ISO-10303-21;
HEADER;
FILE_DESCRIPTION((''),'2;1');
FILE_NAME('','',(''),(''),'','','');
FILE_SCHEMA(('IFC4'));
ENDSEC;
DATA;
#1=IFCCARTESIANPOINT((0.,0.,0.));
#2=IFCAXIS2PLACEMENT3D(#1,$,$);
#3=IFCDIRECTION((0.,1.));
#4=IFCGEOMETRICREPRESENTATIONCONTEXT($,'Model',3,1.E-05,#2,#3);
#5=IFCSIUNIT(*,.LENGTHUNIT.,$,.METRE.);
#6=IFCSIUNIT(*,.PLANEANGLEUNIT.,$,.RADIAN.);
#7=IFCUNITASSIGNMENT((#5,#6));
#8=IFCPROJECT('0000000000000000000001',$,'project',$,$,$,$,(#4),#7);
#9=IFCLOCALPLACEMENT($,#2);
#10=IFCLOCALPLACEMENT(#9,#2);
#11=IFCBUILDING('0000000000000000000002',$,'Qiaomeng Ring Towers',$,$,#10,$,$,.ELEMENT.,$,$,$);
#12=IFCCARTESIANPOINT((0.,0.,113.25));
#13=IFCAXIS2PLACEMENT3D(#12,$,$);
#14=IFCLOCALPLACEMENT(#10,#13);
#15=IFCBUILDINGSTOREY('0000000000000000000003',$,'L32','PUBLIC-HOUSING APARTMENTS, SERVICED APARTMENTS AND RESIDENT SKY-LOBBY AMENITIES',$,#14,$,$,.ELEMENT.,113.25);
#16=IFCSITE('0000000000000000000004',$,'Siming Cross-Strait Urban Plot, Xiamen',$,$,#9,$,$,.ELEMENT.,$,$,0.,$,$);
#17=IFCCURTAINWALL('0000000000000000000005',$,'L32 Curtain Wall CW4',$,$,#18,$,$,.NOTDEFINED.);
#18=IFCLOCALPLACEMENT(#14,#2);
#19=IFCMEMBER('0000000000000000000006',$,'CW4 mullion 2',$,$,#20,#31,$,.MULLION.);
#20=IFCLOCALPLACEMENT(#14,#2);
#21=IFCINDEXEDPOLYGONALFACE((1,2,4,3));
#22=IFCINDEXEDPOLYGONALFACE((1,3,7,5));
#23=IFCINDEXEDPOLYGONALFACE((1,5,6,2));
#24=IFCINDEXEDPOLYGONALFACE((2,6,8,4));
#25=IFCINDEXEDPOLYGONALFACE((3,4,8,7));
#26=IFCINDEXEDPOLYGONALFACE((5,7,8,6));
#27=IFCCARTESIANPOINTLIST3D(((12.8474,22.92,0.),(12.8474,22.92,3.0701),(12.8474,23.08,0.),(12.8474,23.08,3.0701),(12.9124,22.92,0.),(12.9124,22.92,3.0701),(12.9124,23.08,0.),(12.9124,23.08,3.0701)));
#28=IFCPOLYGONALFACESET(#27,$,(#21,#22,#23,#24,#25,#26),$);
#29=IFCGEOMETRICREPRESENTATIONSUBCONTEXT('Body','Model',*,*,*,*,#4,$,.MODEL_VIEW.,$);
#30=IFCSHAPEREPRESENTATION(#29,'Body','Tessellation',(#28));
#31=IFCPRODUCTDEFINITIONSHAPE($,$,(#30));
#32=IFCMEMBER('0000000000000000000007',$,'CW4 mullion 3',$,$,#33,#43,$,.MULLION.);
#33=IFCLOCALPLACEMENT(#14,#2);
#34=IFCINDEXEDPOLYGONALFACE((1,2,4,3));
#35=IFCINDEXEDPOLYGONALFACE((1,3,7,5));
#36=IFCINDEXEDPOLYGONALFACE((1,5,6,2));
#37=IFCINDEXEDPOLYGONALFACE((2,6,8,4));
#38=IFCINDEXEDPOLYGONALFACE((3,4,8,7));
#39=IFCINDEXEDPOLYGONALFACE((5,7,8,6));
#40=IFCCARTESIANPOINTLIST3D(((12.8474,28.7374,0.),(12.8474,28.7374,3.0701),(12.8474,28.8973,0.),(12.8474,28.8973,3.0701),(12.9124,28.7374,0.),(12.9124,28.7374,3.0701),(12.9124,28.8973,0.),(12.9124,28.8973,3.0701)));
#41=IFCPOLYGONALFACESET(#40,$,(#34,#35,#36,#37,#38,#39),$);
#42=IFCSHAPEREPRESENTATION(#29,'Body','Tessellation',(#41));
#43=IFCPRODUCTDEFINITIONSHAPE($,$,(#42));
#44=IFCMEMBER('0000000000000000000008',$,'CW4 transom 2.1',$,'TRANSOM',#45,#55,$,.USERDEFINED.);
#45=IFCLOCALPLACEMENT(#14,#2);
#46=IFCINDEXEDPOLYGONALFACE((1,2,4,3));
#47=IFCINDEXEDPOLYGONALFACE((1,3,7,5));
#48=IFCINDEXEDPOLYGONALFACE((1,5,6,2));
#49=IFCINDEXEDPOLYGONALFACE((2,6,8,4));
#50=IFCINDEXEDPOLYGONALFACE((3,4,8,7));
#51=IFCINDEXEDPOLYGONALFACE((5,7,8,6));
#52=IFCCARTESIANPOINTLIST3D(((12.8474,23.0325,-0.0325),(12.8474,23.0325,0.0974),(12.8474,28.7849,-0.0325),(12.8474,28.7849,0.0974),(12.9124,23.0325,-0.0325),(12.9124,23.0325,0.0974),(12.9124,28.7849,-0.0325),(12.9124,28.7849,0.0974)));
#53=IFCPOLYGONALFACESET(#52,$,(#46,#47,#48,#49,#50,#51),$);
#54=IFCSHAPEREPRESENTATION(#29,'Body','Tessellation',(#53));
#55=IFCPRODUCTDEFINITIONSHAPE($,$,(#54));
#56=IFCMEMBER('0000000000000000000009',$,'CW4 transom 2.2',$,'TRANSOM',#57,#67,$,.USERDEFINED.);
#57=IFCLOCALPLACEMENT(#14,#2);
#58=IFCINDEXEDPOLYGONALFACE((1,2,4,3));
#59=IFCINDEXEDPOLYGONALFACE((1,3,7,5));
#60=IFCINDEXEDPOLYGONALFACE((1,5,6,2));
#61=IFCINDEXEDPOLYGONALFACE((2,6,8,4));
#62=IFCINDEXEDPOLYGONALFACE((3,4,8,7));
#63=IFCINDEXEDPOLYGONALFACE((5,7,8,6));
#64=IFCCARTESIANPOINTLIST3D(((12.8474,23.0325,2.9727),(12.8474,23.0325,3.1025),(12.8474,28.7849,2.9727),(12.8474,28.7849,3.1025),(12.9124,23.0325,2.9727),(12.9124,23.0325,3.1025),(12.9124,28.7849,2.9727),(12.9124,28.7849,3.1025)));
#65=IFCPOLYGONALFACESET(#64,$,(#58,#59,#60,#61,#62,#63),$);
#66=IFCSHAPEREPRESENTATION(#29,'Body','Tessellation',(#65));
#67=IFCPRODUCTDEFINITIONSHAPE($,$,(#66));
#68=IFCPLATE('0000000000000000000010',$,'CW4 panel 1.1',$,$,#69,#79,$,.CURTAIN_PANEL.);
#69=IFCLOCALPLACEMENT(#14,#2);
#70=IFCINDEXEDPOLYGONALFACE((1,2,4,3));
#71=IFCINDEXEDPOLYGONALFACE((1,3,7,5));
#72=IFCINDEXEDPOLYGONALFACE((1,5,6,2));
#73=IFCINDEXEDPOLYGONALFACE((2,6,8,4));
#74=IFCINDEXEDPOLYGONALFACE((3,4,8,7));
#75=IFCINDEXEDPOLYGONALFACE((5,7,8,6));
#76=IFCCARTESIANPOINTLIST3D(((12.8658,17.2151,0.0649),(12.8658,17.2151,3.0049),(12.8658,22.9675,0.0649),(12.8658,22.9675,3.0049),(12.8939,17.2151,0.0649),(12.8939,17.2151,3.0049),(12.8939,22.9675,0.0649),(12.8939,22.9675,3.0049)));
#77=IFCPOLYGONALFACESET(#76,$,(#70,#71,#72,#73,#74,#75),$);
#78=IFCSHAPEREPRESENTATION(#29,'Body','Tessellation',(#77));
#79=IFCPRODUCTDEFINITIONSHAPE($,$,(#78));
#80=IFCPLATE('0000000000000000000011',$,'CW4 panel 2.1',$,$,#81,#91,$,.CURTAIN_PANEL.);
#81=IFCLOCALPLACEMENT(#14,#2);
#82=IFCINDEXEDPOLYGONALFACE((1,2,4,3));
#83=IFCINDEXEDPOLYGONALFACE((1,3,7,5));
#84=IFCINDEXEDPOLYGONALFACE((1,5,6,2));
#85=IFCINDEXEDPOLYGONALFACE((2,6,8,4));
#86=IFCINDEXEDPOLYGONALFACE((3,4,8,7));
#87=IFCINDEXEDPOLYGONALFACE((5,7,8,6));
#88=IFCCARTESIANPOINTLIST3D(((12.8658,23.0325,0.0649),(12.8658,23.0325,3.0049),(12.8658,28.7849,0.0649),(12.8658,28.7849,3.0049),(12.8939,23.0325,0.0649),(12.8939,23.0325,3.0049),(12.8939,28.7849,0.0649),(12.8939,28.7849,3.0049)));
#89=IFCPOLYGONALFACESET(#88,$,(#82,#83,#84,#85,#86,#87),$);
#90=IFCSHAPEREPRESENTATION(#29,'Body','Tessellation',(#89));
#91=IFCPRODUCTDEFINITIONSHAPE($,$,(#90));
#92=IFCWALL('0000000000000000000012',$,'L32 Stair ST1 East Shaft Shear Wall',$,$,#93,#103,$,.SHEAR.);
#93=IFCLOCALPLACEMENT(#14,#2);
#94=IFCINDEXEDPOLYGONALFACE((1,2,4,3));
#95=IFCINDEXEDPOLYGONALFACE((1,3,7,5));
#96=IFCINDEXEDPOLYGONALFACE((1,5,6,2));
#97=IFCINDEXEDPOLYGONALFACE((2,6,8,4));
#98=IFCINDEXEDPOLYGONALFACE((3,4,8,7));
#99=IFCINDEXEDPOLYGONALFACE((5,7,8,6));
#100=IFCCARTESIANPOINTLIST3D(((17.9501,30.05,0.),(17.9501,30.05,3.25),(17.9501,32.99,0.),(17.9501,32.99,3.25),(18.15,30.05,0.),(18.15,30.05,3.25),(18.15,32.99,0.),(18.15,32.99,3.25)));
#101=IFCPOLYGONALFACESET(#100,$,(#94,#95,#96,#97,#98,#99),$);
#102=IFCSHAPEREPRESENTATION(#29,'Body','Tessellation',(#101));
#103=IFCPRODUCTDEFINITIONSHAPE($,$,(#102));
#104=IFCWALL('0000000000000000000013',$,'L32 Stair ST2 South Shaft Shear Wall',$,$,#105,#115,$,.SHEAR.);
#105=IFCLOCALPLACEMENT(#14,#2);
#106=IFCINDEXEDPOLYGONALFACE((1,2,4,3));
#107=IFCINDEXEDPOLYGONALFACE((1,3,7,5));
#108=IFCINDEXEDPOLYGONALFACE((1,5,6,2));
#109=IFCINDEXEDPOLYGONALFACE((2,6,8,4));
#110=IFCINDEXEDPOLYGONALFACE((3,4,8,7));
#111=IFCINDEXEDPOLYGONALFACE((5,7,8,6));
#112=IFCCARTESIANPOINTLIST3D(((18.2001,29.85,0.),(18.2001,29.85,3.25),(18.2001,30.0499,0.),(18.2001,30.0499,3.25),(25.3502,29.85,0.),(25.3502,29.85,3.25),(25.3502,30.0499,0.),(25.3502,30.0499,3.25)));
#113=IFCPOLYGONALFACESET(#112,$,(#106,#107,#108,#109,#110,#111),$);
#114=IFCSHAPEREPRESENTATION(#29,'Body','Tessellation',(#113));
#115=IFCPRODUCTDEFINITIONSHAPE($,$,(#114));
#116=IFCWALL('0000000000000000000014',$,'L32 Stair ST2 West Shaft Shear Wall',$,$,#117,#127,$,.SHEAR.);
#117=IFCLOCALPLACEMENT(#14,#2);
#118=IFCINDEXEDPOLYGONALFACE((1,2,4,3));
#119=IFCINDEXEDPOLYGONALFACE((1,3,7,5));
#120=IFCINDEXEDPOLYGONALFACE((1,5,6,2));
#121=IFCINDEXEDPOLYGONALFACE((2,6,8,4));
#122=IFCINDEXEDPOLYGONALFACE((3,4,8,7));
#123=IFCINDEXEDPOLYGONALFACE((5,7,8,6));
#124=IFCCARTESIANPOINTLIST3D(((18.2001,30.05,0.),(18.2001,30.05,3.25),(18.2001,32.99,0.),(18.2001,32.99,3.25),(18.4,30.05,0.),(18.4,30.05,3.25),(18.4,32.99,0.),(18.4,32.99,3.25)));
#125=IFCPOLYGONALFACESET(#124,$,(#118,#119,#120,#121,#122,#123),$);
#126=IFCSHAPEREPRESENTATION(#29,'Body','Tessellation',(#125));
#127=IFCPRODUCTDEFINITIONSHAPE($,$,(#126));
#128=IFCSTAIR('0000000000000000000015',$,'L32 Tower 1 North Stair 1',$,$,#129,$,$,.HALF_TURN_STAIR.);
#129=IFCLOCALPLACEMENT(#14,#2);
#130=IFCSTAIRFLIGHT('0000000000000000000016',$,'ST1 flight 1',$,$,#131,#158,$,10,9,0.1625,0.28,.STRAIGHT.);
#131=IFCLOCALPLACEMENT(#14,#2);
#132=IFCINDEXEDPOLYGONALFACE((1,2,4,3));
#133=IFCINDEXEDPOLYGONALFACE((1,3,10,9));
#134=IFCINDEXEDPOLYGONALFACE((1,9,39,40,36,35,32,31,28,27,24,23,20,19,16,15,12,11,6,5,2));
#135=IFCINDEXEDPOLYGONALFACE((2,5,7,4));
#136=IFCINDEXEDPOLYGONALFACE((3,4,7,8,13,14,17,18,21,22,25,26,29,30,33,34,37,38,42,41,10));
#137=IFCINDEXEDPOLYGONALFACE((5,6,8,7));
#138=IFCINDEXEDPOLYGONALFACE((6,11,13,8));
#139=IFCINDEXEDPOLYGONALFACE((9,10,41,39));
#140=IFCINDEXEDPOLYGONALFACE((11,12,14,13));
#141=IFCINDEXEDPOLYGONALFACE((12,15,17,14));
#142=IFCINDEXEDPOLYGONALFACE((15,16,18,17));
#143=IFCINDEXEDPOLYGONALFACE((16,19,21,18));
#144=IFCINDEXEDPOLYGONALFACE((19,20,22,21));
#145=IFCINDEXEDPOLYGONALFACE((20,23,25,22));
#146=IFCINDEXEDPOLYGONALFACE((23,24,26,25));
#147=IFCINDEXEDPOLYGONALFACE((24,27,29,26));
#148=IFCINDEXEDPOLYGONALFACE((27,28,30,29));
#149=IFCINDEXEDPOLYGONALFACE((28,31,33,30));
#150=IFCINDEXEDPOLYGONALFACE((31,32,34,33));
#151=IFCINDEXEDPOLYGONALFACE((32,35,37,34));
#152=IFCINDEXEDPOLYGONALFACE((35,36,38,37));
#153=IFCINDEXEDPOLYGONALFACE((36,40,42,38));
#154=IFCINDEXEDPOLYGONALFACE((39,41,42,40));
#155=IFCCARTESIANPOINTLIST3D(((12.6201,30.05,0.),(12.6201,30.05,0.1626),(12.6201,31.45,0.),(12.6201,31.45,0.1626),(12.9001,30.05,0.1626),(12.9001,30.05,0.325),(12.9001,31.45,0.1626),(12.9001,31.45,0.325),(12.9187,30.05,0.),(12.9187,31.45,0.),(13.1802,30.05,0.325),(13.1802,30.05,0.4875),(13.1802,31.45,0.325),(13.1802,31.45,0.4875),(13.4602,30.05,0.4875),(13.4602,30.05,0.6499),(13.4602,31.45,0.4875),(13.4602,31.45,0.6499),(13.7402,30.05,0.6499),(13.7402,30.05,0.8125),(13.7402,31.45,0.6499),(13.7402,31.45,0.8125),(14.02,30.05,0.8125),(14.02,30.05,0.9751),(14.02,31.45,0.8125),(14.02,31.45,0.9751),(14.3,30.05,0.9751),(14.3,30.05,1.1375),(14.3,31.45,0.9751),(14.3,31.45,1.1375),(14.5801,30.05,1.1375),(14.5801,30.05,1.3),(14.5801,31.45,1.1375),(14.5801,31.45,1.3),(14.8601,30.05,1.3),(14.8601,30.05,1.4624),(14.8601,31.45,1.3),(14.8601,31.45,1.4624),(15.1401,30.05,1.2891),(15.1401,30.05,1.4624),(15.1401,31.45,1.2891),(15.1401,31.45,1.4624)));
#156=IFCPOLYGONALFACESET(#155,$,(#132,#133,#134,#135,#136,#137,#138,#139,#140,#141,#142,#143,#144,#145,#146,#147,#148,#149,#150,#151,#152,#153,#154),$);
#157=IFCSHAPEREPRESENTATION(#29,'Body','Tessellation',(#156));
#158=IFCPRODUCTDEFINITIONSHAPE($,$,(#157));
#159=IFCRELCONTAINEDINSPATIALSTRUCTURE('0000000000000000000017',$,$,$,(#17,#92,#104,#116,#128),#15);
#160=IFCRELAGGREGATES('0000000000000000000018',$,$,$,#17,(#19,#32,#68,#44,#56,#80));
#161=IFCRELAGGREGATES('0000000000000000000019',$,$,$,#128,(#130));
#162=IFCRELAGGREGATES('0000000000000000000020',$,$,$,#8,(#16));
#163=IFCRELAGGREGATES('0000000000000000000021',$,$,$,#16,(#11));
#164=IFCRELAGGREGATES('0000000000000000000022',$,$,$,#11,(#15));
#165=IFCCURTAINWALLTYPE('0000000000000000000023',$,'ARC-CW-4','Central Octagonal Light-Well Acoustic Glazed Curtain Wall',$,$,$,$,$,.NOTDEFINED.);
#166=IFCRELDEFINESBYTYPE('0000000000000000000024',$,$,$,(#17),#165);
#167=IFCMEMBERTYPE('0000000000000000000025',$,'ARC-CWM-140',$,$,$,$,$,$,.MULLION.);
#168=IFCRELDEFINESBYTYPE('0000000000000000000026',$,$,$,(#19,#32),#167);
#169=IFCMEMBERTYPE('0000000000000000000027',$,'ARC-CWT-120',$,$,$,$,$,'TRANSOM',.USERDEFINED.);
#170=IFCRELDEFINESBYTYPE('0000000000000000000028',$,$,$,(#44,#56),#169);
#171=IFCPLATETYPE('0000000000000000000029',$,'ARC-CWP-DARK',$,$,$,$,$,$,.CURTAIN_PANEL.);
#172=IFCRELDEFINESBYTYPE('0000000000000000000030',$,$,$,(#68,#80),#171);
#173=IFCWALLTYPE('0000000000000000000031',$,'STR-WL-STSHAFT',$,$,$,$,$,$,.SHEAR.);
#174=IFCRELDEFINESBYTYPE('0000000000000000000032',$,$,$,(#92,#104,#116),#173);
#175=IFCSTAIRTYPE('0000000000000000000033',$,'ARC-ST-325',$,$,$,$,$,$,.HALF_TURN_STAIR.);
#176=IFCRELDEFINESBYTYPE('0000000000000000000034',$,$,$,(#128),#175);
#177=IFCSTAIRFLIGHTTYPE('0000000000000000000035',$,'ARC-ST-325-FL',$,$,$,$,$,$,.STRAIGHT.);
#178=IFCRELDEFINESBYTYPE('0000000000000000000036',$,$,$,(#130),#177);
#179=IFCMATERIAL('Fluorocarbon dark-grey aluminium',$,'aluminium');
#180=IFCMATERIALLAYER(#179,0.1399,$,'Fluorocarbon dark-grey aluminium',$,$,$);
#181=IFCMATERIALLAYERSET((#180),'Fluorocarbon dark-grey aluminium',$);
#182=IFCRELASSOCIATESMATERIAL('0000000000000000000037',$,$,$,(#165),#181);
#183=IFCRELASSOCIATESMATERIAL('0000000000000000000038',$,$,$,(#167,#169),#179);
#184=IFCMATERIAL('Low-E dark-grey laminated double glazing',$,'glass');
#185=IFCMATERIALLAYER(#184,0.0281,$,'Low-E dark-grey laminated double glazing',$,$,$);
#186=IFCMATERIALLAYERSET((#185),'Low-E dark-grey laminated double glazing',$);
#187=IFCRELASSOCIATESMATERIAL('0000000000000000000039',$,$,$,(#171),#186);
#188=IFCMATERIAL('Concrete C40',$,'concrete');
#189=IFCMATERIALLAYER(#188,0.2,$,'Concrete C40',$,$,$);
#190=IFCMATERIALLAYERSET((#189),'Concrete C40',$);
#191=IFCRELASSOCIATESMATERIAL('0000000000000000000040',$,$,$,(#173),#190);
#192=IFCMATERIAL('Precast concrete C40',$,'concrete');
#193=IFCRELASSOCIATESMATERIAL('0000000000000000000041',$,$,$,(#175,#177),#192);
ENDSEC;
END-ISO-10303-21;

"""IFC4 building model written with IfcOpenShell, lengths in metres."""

from ifc_helpers import new_model, si_unit, direction, frame, frame_2d, origin, origin_2d, place, context, subcontext, project, spatial, polyline, rectangle, outline, extrude, source, transform, mapped, material, layer, layer_set, material_profile, profile_set, type_object, element, aggregate, save


model = new_model("IFC4")

# Units and contexts
model_context = context("Model", 3, precision=1e-05, world=origin(), true_north=direction((0.0, 1.0)))
body_context = subcontext(model_context, "Body", "Model", "MODEL_VIEW")
ifc_project = project(units=[si_unit("LENGTHUNIT", "METRE"), si_unit("PLANEANGLEUNIT", "RADIAN")], contexts=[model_context])

# Site, building, storey
site_placement = place(None, origin())
site = spatial("IfcSite", under=ifc_project, at=site_placement, Name="Siming Cross-Strait Urban Plot, Xiamen", CompositionType="ELEMENT", RefElevation=0.0)
building_placement = place(site_placement, origin())
building = spatial("IfcBuilding", under=site, at=building_placement, Name="Qiaomeng Ring Towers", CompositionType="ELEMENT")
storey_placement = place(building_placement, frame((0.0, 0.0, 113.25)))
storey = spatial("IfcBuildingStorey", under=building, at=storey_placement, Name="L32", Description="PUBLIC-HOUSING APARTMENTS, SERVICED APARTMENTS AND RESIDENT SKY-LOBBY AMENITIES", CompositionType="ELEMENT", Elevation=113.25)

# Curtain wall, members, plates
ifc_material_1 = material(Name="Fluorocarbon dark-grey aluminium", Category="aluminium")
ifc_layer_1 = layer(ifc_material_1, 0.1399, Name="Fluorocarbon dark-grey aluminium")
ifc_layer_set_1 = layer_set([ifc_layer_1], Name="Fluorocarbon dark-grey aluminium")
curtain_wall_type = type_object("IfcCurtainWallType", Name="ARC-CW-4", Description="Central Octagonal Light-Well Acoustic Glazed Curtain Wall", PredefinedType="NOTDEFINED", material=ifc_layer_set_1)
curtain_wall_placement = place(storey_placement, origin())
curtain_wall = element("IfcCurtainWall", 1, at=curtain_wall_placement, inside=storey, type_object=curtain_wall_type, Name="L32 Curtain Wall CW4", PredefinedType="NOTDEFINED")
ifc_material_profile_1 = material_profile(ifc_material_1, rectangle(XDim=0.0649, YDim=0.1599, at=origin_2d()), Name="ALU MULL 65x160")
ifc_profile_set_1 = profile_set([ifc_material_profile_1], Name="Fluorocarbon dark-grey aluminium")
member_type_1 = type_object("IfcMemberType", Name="ARC-CWM-140", PredefinedType="MULLION", material=ifc_profile_set_1)
shared_shape_1 = source(origin(), body_context, "Body", "SweptSolid", [
    extrude(rectangle(XDim=0.0649, YDim=0.1599, at=origin_2d()), origin(), (0.0, 0.0, 1.0), 3.0701),
])
member_1_placement = place(storey_placement, frame((12.8799, 23.0, 0.0), z_axis=(0.0, 0.0, 1.0), x_axis=(-1.0, 0.0, 0.0)))
member_1 = element("IfcMember", 2, at=member_1_placement, type_object=member_type_1, Name="CW4 mullion 2", PredefinedType="MULLION", context=body_context, shape_type="MappedRepresentation", body=[
    mapped(shared_shape_1, transform((0.0, 0.0, 0.0), x_axis=(1.0, 0.0, 0.0), y_axis=(0.0, 1.0, 0.0), z_axis=(0.0, 0.0, 1.0), scale=1.0)),
])
member_2_placement = place(storey_placement, frame((12.8799, 28.8174, 0.0), z_axis=(0.0, 0.0, 1.0), x_axis=(-1.0, 0.0, 0.0)))
member_2 = element("IfcMember", 3, at=member_2_placement, type_object=member_type_1, Name="CW4 mullion 3", PredefinedType="MULLION", context=body_context, shape_type="MappedRepresentation", body=[
    mapped(shared_shape_1, transform((0.0, 0.0, 0.0), x_axis=(1.0, 0.0, 0.0), y_axis=(0.0, 1.0, 0.0), z_axis=(0.0, 0.0, 1.0), scale=1.0)),
])
ifc_material_profile_2 = material_profile(ifc_material_1, rectangle(XDim=0.0649, YDim=0.1299, at=origin_2d()), Name="ALU TRAN 65x130")
ifc_profile_set_2 = profile_set([ifc_material_profile_2], Name="Fluorocarbon dark-grey aluminium")
member_type_2 = type_object("IfcMemberType", Name="ARC-CWT-120", ElementType="TRANSOM", PredefinedType="USERDEFINED", material=ifc_profile_set_2)
shared_shape_2 = source(origin(), body_context, "Body", "SweptSolid", [
    extrude(rectangle(XDim=0.0649, YDim=0.1299, at=origin_2d()), origin(), (0.0, 0.0, 1.0), 5.7524),
])
member_3_placement = place(storey_placement, frame((12.8799, 23.0325, 0.0325), z_axis=(0.0, 1.0, 0.0), x_axis=(-1.0, 0.0, 0.0)))
member_3 = element("IfcMember", 4, at=member_3_placement, type_object=member_type_2, Name="CW4 transom 2.1", ObjectType="TRANSOM", PredefinedType="USERDEFINED", context=body_context, shape_type="MappedRepresentation", body=[
    mapped(shared_shape_2, transform((0.0, 0.0, 0.0), x_axis=(1.0, 0.0, 0.0), y_axis=(0.0, 1.0, 0.0), z_axis=(0.0, 0.0, 1.0), scale=1.0)),
])
member_4_placement = place(storey_placement, frame((12.8799, 23.0325, 3.0376), z_axis=(0.0, 1.0, 0.0), x_axis=(-1.0, 0.0, 0.0)))
member_4 = element("IfcMember", 5, at=member_4_placement, type_object=member_type_2, Name="CW4 transom 2.2", ObjectType="TRANSOM", PredefinedType="USERDEFINED", context=body_context, shape_type="MappedRepresentation", body=[
    mapped(shared_shape_2, transform((0.0, 0.0, 0.0), x_axis=(1.0, 0.0, 0.0), y_axis=(0.0, 1.0, 0.0), z_axis=(0.0, 0.0, 1.0), scale=1.0)),
])
ifc_material_2 = material(Name="Low-E dark-grey laminated double glazing", Category="glass")
ifc_layer_2 = layer(ifc_material_2, 0.0281, Name="Low-E dark-grey laminated double glazing")
ifc_layer_set_2 = layer_set([ifc_layer_2], Name="Low-E dark-grey laminated double glazing")
plate_type = type_object("IfcPlateType", Name="ARC-CWP-DARK", PredefinedType="CURTAIN_PANEL", material=ifc_layer_set_2)
shared_shape_3 = source(origin(), body_context, "Body", "SweptSolid", [
    extrude(rectangle(XDim=5.7524, YDim=0.0281, at=origin_2d()), origin(), (0.0, 0.0, 1.0), 2.9399),
])
plate_1_placement = place(storey_placement, frame((12.8799, 20.0913, 0.0649), z_axis=(0.0, 0.0, 1.0), x_axis=(0.0, 1.0, 0.0)))
plate_1 = element("IfcPlate", 6, at=plate_1_placement, type_object=plate_type, Name="CW4 panel 1.1", PredefinedType="CURTAIN_PANEL", context=body_context, shape_type="MappedRepresentation", body=[
    mapped(shared_shape_3, transform((0.0, 0.0, 0.0), x_axis=(1.0, 0.0, 0.0), y_axis=(0.0, 1.0, 0.0), z_axis=(0.0, 0.0, 1.0), scale=1.0)),
])
plate_2_placement = place(storey_placement, frame((12.8799, 25.9087, 0.0649), z_axis=(0.0, 0.0, 1.0), x_axis=(0.0, 1.0, 0.0)))
plate_2 = element("IfcPlate", 7, at=plate_2_placement, type_object=plate_type, Name="CW4 panel 2.1", PredefinedType="CURTAIN_PANEL", context=body_context, shape_type="MappedRepresentation", body=[
    mapped(shared_shape_3, transform((0.0, 0.0, 0.0), x_axis=(1.0, 0.0, 0.0), y_axis=(0.0, 1.0, 0.0), z_axis=(0.0, 0.0, 1.0), scale=1.0)),
])
aggregate(curtain_wall, [member_1, member_2, plate_1, member_3, member_4, plate_2])

# Walls
ifc_material_3 = material(Name="Concrete C40", Category="concrete")
ifc_layer_3 = layer(ifc_material_3, 0.2, Name="Concrete C40")
ifc_layer_set_3 = layer_set([ifc_layer_3], Name="Concrete C40")
wall_type = type_object("IfcWallType", Name="STR-WL-STSHAFT", PredefinedType="SHEAR", material=ifc_layer_set_3)
wall_1_placement = place(storey_placement, frame((18.05, 30.05, 0.0), z_axis=(0.0, 0.0, 1.0), x_axis=(0.0, 1.0, 0.0)))
element("IfcWall", 8, at=wall_1_placement, inside=storey, type_object=wall_type, Name="L32 Stair ST1 East Shaft Shear Wall", PredefinedType="SHEAR", context=body_context, shape_type="SweptSolid", body=[
    extrude(rectangle(XDim=2.9399, YDim=0.2, at=frame_2d((1.47, 0.0))), origin(), (0.0, 0.0, 1.0), 3.25),
])
wall_2_placement = place(storey_placement, frame((18.2, 29.95, 0.0), z_axis=(0.0, 0.0, 1.0), x_axis=(1.0, 0.0, 0.0)))
element("IfcWall", 9, at=wall_2_placement, inside=storey, type_object=wall_type, Name="L32 Stair ST2 South Shaft Shear Wall", PredefinedType="SHEAR", context=body_context, shape_type="SweptSolid", body=[
    extrude(rectangle(XDim=7.1501, YDim=0.2, at=frame_2d((3.5752, 0.0))), origin(), (0.0, 0.0, 1.0), 3.25),
])
wall_3_placement = place(storey_placement, frame((18.3, 30.05, 0.0), z_axis=(0.0, 0.0, 1.0), x_axis=(0.0, 1.0, 0.0)))
element("IfcWall", 10, at=wall_3_placement, inside=storey, type_object=wall_type, Name="L32 Stair ST2 West Shaft Shear Wall", PredefinedType="SHEAR", context=body_context, shape_type="SweptSolid", body=[
    extrude(rectangle(XDim=2.9399, YDim=0.2, at=frame_2d((1.47, 0.0))), origin(), (0.0, 0.0, 1.0), 3.25),
])

# Stair, stair flight
ifc_material_4 = material(Name="Precast concrete C40", Category="concrete")
stair_type = type_object("IfcStairType", Name="ARC-ST-325", PredefinedType="HALF_TURN_STAIR", material=ifc_material_4)
stair_1_placement = place(storey_placement, origin())
stair_1 = element("IfcStair", 11, at=stair_1_placement, inside=storey, type_object=stair_type, Name="L32 Tower 1 North Stair 1", PredefinedType="HALF_TURN_STAIR")
stair_flight_type = type_object("IfcStairFlightType", Name="ARC-ST-325-FL", PredefinedType="STRAIGHT", material=ifc_material_4)
shared_shape_4 = source(origin(), body_context, "Body", "SweptSolid", [
    extrude(outline(polyline([(0.0, 0.0), (0.0, 0.1626), (0.28, 0.1626), (0.28, 0.325), (0.5601, 0.325), (0.5601, 0.4875), (0.8401, 0.4875), (0.8401, 0.6499), (1.1201, 0.6499), (1.1201, 0.8125), (1.3999, 0.8125), (1.3999, 0.9751), (1.6799, 0.9751), (1.6799, 1.1375), (1.96, 1.1375), (1.96, 1.3), (2.24, 1.3), (2.24, 1.4624), (2.52, 1.4624), (2.52, 1.625), (2.52, 1.2891), (0.2986, 0.0), (0.0, 0.0)])), frame((0.0, 0.7, 0.0), z_axis=(0.0, -1.0, 0.0), x_axis=(1.0, 0.0, 0.0)), (0.0, 0.0, 1.0), 1.3999),
])
stair_flight_1_placement = place(storey_placement, frame((12.6201, 30.75, 0.0), z_axis=(0.0, 0.0, 1.0), x_axis=(1.0, 0.0, 0.0)))
stair_flight_1 = element("IfcStairFlight", 12, at=stair_flight_1_placement, type_object=stair_flight_type, Name="ST1 flight 1", NumberOfRisers=10, NumberOfTreads=9, PredefinedType="STRAIGHT", RiserHeight=0.1625, TreadLength=0.28, context=body_context, shape_type="MappedRepresentation", body=[
    mapped(shared_shape_4, transform((0.0, 0.0, 0.0), x_axis=(1.0, 0.0, 0.0), y_axis=(0.0, 1.0, 0.0), z_axis=(0.0, 0.0, 1.0), scale=1.0)),
])
aggregate(stair_1, [stair_flight_1])

save(model, "model.ifc")
